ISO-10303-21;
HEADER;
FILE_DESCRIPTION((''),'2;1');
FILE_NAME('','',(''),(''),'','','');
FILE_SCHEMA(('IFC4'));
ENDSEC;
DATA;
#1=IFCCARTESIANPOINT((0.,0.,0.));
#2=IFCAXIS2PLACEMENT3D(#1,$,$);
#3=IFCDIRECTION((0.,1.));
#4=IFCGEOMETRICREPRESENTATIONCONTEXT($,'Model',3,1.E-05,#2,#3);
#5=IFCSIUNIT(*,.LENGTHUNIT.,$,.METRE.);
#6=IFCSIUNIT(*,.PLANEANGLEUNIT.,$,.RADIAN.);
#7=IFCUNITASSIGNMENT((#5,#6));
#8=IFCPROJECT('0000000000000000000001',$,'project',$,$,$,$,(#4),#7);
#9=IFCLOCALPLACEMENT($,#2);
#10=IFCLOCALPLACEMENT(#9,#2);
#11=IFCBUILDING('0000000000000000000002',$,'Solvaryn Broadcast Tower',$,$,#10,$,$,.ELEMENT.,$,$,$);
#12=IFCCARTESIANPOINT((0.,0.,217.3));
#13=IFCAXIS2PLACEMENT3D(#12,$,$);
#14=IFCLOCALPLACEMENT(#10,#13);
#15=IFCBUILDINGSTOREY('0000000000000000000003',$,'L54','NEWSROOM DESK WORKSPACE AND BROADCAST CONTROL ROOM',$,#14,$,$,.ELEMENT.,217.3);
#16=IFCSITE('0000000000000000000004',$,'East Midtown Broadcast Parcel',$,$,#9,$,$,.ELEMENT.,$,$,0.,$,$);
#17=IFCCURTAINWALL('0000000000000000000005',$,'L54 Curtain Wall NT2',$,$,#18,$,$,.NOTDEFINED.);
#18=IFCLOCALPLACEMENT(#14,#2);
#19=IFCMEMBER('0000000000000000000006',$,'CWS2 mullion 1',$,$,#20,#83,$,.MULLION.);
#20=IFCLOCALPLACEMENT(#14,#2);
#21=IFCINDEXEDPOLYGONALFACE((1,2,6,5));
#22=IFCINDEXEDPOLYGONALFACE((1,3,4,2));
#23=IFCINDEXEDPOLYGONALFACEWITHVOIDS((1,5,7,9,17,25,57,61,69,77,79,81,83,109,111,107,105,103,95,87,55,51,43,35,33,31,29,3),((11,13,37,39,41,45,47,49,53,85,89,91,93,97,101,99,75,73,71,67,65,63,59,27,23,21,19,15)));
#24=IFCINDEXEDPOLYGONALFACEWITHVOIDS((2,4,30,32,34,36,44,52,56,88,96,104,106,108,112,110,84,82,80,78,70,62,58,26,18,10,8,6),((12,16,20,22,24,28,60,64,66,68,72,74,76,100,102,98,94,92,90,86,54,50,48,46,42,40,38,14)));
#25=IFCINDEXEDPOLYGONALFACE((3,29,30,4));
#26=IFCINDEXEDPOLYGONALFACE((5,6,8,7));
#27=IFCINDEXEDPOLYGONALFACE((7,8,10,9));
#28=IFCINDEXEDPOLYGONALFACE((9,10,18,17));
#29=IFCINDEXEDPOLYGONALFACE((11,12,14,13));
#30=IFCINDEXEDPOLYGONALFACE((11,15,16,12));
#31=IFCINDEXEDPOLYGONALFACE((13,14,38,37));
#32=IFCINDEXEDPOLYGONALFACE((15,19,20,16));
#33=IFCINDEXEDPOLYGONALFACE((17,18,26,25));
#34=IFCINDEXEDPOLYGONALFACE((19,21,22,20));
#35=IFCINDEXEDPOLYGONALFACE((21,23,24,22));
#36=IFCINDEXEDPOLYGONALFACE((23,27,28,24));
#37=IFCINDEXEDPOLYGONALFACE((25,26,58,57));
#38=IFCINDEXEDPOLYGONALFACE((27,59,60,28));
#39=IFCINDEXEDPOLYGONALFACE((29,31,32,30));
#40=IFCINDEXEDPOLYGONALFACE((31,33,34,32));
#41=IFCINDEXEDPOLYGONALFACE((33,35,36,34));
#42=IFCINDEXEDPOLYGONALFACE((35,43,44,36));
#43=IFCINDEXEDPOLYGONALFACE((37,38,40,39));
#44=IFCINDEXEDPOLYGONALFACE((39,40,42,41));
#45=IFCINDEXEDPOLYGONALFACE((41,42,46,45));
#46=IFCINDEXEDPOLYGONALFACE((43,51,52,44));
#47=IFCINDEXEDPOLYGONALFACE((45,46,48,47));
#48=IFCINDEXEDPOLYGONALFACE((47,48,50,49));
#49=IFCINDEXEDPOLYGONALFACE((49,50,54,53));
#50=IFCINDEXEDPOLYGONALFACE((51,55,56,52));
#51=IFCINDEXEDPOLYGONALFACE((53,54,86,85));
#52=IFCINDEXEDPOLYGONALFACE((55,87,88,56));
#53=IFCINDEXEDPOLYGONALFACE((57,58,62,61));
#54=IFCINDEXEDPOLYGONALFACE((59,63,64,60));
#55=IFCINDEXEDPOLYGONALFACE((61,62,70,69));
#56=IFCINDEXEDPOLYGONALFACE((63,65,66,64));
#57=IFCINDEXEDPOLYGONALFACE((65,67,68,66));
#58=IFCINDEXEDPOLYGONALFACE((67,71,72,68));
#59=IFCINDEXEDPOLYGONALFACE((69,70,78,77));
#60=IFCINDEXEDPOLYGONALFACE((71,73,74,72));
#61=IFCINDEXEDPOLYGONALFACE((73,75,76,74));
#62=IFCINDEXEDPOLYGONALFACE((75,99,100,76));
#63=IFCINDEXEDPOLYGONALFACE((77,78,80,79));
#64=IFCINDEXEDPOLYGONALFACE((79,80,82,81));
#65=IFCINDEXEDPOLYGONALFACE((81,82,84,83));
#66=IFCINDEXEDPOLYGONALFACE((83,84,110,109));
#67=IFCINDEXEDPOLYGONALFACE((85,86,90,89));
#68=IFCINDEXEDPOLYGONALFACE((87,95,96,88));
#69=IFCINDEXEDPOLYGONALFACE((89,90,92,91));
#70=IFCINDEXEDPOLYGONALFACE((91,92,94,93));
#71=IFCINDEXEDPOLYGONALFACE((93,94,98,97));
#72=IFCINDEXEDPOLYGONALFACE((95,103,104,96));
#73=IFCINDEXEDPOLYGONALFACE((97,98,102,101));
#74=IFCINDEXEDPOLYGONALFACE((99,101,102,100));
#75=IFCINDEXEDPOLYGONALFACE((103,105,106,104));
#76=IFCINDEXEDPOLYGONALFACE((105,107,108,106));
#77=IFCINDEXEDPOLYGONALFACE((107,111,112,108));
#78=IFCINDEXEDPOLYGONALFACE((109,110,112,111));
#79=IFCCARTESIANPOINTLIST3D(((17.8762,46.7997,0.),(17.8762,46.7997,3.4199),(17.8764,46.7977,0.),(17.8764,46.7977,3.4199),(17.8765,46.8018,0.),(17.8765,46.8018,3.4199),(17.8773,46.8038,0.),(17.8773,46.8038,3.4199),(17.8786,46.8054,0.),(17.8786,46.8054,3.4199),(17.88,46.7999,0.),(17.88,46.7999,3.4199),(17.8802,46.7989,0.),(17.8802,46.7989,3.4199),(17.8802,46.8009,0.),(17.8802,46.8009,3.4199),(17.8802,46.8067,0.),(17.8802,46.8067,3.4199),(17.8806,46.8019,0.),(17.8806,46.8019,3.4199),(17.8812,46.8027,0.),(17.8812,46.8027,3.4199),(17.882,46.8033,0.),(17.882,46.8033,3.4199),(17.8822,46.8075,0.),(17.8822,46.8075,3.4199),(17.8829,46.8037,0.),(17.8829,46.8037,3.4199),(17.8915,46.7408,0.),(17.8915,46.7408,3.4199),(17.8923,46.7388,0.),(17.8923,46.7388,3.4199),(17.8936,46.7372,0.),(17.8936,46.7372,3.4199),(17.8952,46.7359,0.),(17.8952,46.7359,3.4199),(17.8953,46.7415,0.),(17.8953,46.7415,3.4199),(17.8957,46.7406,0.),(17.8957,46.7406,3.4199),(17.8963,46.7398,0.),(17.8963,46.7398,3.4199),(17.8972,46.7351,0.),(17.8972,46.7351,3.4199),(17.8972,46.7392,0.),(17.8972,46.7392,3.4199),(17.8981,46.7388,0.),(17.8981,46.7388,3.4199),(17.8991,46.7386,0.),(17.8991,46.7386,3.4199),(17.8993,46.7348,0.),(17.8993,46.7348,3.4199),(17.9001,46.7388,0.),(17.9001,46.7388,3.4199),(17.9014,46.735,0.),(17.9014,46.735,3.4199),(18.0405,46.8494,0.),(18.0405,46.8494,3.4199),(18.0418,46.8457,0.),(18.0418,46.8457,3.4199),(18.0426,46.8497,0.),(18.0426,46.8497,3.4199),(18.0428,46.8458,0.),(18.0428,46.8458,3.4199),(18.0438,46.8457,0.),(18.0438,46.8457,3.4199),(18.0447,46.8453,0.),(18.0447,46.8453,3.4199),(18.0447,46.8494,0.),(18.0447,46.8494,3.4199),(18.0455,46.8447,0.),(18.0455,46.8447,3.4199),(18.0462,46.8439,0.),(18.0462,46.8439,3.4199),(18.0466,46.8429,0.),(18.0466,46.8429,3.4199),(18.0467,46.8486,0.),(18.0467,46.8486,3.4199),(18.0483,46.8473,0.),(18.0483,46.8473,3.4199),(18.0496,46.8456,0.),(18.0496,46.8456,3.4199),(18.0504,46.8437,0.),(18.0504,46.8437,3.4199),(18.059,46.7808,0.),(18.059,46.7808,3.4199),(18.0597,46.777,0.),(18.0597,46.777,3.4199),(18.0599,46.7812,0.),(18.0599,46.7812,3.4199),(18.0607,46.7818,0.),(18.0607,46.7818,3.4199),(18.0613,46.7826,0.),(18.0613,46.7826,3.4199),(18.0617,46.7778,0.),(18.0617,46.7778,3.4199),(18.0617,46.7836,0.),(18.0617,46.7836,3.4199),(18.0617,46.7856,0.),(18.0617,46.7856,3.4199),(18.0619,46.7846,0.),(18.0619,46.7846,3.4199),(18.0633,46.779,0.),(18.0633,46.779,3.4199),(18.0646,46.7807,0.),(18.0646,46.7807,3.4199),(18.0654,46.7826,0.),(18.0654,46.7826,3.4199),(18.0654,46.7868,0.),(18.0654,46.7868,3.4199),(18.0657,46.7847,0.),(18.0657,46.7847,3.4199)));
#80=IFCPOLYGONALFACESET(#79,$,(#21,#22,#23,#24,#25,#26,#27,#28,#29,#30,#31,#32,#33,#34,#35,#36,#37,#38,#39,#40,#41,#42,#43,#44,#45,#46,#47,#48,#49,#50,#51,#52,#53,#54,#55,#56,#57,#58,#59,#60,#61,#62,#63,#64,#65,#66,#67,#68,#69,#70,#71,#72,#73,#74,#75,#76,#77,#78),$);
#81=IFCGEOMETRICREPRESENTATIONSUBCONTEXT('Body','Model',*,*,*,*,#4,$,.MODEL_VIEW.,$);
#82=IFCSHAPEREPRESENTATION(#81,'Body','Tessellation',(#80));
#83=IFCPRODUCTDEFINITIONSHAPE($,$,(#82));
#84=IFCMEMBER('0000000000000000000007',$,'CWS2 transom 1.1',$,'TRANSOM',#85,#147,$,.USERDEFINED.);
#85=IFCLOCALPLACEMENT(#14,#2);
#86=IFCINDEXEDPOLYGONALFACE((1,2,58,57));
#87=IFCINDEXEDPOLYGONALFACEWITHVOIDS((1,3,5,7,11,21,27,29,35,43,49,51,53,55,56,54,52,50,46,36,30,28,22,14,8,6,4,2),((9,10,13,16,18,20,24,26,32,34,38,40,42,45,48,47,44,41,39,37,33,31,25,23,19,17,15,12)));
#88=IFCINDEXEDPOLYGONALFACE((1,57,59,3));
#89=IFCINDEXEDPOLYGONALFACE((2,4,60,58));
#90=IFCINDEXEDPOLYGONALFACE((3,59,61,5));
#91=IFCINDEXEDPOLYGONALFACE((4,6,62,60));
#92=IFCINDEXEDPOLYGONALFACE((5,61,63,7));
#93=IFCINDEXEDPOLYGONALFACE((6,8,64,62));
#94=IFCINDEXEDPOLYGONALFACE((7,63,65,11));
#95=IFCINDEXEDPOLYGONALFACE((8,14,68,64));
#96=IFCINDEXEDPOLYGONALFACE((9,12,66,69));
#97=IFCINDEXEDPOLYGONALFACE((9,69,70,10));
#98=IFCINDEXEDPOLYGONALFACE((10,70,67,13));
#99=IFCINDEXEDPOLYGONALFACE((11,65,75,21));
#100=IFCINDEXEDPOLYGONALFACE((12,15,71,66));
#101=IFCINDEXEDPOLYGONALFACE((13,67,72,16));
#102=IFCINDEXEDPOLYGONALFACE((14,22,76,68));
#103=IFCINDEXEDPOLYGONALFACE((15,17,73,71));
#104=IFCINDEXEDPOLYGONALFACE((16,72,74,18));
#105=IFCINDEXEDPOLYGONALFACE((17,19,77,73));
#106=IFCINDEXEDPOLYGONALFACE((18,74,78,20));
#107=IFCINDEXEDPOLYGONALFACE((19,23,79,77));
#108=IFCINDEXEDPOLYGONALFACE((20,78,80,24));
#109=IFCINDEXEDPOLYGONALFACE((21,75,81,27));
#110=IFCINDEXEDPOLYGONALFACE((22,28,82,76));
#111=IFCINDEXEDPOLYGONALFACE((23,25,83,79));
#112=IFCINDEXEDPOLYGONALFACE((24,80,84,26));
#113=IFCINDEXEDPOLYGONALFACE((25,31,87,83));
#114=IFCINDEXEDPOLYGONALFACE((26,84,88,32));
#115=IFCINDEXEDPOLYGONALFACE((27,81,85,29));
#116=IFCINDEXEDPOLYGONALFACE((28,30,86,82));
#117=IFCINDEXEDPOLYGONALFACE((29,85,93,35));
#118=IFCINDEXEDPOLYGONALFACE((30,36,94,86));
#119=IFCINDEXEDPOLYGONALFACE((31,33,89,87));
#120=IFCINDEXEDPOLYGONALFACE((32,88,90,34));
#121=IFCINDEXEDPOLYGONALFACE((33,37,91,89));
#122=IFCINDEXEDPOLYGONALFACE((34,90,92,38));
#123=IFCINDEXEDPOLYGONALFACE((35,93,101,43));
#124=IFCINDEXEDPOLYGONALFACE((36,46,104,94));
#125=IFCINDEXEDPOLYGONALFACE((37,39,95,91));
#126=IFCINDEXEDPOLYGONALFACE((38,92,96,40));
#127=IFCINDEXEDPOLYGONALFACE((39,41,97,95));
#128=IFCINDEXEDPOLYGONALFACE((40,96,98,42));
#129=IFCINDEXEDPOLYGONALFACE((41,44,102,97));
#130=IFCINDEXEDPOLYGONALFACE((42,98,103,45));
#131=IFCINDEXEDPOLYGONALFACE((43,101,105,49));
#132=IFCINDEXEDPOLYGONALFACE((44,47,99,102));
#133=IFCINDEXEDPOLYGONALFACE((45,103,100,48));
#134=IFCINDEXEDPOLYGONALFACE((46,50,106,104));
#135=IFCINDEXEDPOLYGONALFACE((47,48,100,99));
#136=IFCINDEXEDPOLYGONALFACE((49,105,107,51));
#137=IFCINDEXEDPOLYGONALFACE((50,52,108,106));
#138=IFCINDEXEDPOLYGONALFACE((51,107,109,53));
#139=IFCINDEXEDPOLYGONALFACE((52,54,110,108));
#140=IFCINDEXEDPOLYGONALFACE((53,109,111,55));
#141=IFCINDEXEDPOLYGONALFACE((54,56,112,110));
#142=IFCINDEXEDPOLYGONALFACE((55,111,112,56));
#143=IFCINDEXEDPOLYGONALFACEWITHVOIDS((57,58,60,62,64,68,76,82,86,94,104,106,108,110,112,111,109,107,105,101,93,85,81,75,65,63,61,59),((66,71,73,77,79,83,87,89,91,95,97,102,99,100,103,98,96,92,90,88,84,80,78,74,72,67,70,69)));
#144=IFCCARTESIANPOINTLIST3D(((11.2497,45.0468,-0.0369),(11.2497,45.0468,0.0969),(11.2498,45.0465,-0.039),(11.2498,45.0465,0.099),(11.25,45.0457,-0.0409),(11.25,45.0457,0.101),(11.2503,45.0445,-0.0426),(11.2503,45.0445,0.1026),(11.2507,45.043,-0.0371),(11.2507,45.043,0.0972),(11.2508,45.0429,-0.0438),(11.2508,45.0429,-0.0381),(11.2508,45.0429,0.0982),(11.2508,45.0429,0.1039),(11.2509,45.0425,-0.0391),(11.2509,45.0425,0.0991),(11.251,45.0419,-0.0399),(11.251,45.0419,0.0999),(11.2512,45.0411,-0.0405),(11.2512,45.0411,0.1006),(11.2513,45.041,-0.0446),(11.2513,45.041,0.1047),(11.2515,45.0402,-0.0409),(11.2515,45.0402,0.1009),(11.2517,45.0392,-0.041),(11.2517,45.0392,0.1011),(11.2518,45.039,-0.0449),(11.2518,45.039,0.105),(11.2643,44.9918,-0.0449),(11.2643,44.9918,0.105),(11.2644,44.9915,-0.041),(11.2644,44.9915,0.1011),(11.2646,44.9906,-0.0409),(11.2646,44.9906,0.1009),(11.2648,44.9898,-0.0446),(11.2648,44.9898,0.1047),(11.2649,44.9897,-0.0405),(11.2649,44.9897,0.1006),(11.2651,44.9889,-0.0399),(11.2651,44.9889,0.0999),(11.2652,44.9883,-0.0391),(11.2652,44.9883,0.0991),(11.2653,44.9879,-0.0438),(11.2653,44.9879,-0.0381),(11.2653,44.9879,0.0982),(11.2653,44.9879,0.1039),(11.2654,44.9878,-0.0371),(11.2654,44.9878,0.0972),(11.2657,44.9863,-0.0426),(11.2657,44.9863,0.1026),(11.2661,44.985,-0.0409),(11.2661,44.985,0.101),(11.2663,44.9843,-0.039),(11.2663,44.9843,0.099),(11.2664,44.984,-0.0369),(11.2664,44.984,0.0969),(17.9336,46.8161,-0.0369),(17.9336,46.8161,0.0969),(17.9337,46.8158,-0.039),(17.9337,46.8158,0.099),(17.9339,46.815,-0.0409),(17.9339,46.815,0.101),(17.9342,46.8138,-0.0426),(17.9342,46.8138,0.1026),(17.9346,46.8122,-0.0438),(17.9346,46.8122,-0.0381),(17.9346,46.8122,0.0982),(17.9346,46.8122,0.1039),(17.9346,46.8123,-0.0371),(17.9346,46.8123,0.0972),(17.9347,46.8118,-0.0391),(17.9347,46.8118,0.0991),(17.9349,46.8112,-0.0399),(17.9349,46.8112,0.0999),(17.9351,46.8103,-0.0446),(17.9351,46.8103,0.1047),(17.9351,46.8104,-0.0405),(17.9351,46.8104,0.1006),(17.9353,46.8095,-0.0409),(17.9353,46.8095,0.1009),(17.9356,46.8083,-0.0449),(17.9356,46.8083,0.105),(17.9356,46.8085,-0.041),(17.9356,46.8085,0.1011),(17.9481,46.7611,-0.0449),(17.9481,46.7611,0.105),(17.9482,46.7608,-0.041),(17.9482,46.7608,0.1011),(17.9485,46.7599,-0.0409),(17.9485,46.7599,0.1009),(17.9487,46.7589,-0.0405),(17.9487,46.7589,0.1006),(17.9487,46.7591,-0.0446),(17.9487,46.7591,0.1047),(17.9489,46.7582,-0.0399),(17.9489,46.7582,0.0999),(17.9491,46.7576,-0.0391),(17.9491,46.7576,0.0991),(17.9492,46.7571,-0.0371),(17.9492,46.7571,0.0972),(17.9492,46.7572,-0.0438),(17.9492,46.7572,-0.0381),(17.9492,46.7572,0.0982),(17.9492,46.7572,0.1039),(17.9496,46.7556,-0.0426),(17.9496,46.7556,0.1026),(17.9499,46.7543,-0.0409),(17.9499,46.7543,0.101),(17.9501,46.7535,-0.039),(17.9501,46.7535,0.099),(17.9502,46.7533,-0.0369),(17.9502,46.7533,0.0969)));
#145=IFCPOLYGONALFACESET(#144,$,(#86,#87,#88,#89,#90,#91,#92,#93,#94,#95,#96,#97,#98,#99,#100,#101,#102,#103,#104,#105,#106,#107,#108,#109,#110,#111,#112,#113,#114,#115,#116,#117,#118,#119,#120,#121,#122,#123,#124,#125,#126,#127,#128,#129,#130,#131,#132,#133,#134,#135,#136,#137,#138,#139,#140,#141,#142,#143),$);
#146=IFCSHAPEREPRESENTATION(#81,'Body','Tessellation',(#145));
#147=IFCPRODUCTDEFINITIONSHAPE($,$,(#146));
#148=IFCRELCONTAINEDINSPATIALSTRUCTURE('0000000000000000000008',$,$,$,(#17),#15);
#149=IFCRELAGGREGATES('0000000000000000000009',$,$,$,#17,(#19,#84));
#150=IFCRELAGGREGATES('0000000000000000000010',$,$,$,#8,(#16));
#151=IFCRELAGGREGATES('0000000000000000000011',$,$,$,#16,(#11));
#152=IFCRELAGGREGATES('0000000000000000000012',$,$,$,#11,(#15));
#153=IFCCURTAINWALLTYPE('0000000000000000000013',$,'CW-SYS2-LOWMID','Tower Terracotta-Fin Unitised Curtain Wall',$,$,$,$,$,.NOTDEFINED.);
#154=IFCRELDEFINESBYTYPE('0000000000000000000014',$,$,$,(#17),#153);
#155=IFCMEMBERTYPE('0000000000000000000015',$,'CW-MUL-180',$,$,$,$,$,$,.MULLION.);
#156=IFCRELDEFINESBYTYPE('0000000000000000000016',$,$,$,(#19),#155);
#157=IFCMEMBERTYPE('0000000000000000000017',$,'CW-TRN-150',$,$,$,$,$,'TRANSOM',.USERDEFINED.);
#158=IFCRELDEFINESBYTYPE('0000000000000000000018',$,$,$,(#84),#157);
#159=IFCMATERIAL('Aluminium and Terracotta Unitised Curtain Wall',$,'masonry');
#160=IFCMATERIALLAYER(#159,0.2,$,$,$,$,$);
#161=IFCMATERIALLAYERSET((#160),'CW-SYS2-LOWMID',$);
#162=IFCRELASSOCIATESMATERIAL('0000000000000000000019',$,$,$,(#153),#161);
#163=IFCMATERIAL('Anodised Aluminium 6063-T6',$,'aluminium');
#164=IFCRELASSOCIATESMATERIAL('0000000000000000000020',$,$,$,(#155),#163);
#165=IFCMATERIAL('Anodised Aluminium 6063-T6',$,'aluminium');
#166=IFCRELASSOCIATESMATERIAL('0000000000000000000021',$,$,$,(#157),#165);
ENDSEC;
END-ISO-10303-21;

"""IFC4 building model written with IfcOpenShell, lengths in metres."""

from ifc_helpers import new_model, si_unit, direction, frame, origin, origin_2d, place, context, subcontext, project, spatial, hollow_rectangle, extrude, material, layer, layer_set, material_profile, profile_set, type_object, element, aggregate, save


model = new_model("IFC4")

# Units and contexts
model_context = context("Model", 3, precision=1e-05, world=origin(), true_north=direction((0.0, 1.0)))
body_context = subcontext(model_context, "Body", "Model", "MODEL_VIEW")
ifc_project = project(units=[si_unit("LENGTHUNIT", "METRE"), si_unit("PLANEANGLEUNIT", "RADIAN")], contexts=[model_context])

# Site, building, storey
site_placement = place(None, origin())
site = spatial("IfcSite", under=ifc_project, at=site_placement, Name="East Midtown Broadcast Parcel", CompositionType="ELEMENT", RefElevation=0.0)
building_placement = place(site_placement, origin())
building = spatial("IfcBuilding", under=site, at=building_placement, Name="Solvaryn Broadcast Tower", CompositionType="ELEMENT")
storey_placement = place(building_placement, frame((0.0, 0.0, 217.3)))
storey = spatial("IfcBuildingStorey", under=building, at=storey_placement, Name="L54", Description="NEWSROOM DESK WORKSPACE AND BROADCAST CONTROL ROOM", CompositionType="ELEMENT", Elevation=217.3)

# Shared definitions
ifc_material_1 = material(Name="Aluminium and Terracotta Unitised Curtain Wall", Category="masonry")
ifc_layer_1 = layer(ifc_material_1, 0.2)
ifc_layer_set_1 = layer_set([ifc_layer_1], Name="CW-SYS2-LOWMID")
curtain_wall_type = type_object("IfcCurtainWallType", Name="CW-SYS2-LOWMID", Description="Tower Terracotta-Fin Unitised Curtain Wall", PredefinedType="NOTDEFINED", material=ifc_layer_set_1)
ifc_material_2 = material(Name="Anodised Aluminium 6063-T6", Category="aluminium")
ifc_material_profile_1 = material_profile(ifc_material_2, hollow_rectangle(XDim=0.075, YDim=0.1799, WallThickness=0.0039, InnerFilletRadius=0.0039, OuterFilletRadius=0.0081, at=origin_2d()))
ifc_profile_set_1 = profile_set([ifc_material_profile_1], Name="Anodised Aluminium 6063-T6")
member_type_1 = type_object("IfcMemberType", Name="CW-MUL-180", PredefinedType="MULLION", material=ifc_profile_set_1)

# Curtain wall, members
curtain_wall_1_placement = place(storey_placement, origin())
curtain_wall_1 = element("IfcCurtainWall", 1, at=curtain_wall_1_placement, inside=storey, type_object=curtain_wall_type, Name="L54 Curtain Wall NT2", PredefinedType="NOTDEFINED")
member_1_placement = place(storey_placement, frame((17.9709, 46.7922, 0.0), z_axis=(0.0, 0.0, 1.0), x_axis=(0.255893, -0.966705, 0.0)))
member_1 = element("IfcMember", 2, at=member_1_placement, type_object=member_type_1, Name="CWS2 mullion 1", PredefinedType="MULLION", context=body_context, shape_type="SweptSolid", body=[
    extrude(hollow_rectangle(XDim=0.075, YDim=0.1799, WallThickness=0.0039, InnerFilletRadius=0.0039, OuterFilletRadius=0.0081, at=origin_2d()), origin(), (0.0, 0.0, 1.0), 3.4199),
])
ifc_material_3 = material(Name="Anodised Aluminium 6063-T6", Category="aluminium")
ifc_material_profile_2 = material_profile(ifc_material_3, hollow_rectangle(XDim=0.0649, YDim=0.1499, WallThickness=0.0039, InnerFilletRadius=0.0039, OuterFilletRadius=0.0081, at=origin_2d()))
ifc_profile_set_2 = profile_set([ifc_material_profile_2], Name="Anodised Aluminium 6063-T6")
member_type_2 = type_object("IfcMemberType", Name="CW-TRN-150", ElementType="TRANSOM", PredefinedType="USERDEFINED", material=ifc_profile_set_2)
member_2_placement = place(storey_placement, frame((17.9419, 46.7847, 0.03), z_axis=(-0.966704, -0.255897, 0.0), x_axis=(0.255897, -0.966704, 0.0)))
member_2 = element("IfcMember", 3, at=member_2_placement, type_object=member_type_2, Name="CWS2 transom 1.1", ObjectType="TRANSOM", PredefinedType="USERDEFINED", context=body_context, shape_type="SweptSolid", body=[
    extrude(hollow_rectangle(XDim=0.0649, YDim=0.1499, WallThickness=0.0039, InnerFilletRadius=0.0039, OuterFilletRadius=0.0081, at=origin_2d()), origin(), (0.0, 0.0, 1.0), 6.9141),
])
aggregate(curtain_wall_1, [member_1, member_2])

save(model, "model.ifc")
